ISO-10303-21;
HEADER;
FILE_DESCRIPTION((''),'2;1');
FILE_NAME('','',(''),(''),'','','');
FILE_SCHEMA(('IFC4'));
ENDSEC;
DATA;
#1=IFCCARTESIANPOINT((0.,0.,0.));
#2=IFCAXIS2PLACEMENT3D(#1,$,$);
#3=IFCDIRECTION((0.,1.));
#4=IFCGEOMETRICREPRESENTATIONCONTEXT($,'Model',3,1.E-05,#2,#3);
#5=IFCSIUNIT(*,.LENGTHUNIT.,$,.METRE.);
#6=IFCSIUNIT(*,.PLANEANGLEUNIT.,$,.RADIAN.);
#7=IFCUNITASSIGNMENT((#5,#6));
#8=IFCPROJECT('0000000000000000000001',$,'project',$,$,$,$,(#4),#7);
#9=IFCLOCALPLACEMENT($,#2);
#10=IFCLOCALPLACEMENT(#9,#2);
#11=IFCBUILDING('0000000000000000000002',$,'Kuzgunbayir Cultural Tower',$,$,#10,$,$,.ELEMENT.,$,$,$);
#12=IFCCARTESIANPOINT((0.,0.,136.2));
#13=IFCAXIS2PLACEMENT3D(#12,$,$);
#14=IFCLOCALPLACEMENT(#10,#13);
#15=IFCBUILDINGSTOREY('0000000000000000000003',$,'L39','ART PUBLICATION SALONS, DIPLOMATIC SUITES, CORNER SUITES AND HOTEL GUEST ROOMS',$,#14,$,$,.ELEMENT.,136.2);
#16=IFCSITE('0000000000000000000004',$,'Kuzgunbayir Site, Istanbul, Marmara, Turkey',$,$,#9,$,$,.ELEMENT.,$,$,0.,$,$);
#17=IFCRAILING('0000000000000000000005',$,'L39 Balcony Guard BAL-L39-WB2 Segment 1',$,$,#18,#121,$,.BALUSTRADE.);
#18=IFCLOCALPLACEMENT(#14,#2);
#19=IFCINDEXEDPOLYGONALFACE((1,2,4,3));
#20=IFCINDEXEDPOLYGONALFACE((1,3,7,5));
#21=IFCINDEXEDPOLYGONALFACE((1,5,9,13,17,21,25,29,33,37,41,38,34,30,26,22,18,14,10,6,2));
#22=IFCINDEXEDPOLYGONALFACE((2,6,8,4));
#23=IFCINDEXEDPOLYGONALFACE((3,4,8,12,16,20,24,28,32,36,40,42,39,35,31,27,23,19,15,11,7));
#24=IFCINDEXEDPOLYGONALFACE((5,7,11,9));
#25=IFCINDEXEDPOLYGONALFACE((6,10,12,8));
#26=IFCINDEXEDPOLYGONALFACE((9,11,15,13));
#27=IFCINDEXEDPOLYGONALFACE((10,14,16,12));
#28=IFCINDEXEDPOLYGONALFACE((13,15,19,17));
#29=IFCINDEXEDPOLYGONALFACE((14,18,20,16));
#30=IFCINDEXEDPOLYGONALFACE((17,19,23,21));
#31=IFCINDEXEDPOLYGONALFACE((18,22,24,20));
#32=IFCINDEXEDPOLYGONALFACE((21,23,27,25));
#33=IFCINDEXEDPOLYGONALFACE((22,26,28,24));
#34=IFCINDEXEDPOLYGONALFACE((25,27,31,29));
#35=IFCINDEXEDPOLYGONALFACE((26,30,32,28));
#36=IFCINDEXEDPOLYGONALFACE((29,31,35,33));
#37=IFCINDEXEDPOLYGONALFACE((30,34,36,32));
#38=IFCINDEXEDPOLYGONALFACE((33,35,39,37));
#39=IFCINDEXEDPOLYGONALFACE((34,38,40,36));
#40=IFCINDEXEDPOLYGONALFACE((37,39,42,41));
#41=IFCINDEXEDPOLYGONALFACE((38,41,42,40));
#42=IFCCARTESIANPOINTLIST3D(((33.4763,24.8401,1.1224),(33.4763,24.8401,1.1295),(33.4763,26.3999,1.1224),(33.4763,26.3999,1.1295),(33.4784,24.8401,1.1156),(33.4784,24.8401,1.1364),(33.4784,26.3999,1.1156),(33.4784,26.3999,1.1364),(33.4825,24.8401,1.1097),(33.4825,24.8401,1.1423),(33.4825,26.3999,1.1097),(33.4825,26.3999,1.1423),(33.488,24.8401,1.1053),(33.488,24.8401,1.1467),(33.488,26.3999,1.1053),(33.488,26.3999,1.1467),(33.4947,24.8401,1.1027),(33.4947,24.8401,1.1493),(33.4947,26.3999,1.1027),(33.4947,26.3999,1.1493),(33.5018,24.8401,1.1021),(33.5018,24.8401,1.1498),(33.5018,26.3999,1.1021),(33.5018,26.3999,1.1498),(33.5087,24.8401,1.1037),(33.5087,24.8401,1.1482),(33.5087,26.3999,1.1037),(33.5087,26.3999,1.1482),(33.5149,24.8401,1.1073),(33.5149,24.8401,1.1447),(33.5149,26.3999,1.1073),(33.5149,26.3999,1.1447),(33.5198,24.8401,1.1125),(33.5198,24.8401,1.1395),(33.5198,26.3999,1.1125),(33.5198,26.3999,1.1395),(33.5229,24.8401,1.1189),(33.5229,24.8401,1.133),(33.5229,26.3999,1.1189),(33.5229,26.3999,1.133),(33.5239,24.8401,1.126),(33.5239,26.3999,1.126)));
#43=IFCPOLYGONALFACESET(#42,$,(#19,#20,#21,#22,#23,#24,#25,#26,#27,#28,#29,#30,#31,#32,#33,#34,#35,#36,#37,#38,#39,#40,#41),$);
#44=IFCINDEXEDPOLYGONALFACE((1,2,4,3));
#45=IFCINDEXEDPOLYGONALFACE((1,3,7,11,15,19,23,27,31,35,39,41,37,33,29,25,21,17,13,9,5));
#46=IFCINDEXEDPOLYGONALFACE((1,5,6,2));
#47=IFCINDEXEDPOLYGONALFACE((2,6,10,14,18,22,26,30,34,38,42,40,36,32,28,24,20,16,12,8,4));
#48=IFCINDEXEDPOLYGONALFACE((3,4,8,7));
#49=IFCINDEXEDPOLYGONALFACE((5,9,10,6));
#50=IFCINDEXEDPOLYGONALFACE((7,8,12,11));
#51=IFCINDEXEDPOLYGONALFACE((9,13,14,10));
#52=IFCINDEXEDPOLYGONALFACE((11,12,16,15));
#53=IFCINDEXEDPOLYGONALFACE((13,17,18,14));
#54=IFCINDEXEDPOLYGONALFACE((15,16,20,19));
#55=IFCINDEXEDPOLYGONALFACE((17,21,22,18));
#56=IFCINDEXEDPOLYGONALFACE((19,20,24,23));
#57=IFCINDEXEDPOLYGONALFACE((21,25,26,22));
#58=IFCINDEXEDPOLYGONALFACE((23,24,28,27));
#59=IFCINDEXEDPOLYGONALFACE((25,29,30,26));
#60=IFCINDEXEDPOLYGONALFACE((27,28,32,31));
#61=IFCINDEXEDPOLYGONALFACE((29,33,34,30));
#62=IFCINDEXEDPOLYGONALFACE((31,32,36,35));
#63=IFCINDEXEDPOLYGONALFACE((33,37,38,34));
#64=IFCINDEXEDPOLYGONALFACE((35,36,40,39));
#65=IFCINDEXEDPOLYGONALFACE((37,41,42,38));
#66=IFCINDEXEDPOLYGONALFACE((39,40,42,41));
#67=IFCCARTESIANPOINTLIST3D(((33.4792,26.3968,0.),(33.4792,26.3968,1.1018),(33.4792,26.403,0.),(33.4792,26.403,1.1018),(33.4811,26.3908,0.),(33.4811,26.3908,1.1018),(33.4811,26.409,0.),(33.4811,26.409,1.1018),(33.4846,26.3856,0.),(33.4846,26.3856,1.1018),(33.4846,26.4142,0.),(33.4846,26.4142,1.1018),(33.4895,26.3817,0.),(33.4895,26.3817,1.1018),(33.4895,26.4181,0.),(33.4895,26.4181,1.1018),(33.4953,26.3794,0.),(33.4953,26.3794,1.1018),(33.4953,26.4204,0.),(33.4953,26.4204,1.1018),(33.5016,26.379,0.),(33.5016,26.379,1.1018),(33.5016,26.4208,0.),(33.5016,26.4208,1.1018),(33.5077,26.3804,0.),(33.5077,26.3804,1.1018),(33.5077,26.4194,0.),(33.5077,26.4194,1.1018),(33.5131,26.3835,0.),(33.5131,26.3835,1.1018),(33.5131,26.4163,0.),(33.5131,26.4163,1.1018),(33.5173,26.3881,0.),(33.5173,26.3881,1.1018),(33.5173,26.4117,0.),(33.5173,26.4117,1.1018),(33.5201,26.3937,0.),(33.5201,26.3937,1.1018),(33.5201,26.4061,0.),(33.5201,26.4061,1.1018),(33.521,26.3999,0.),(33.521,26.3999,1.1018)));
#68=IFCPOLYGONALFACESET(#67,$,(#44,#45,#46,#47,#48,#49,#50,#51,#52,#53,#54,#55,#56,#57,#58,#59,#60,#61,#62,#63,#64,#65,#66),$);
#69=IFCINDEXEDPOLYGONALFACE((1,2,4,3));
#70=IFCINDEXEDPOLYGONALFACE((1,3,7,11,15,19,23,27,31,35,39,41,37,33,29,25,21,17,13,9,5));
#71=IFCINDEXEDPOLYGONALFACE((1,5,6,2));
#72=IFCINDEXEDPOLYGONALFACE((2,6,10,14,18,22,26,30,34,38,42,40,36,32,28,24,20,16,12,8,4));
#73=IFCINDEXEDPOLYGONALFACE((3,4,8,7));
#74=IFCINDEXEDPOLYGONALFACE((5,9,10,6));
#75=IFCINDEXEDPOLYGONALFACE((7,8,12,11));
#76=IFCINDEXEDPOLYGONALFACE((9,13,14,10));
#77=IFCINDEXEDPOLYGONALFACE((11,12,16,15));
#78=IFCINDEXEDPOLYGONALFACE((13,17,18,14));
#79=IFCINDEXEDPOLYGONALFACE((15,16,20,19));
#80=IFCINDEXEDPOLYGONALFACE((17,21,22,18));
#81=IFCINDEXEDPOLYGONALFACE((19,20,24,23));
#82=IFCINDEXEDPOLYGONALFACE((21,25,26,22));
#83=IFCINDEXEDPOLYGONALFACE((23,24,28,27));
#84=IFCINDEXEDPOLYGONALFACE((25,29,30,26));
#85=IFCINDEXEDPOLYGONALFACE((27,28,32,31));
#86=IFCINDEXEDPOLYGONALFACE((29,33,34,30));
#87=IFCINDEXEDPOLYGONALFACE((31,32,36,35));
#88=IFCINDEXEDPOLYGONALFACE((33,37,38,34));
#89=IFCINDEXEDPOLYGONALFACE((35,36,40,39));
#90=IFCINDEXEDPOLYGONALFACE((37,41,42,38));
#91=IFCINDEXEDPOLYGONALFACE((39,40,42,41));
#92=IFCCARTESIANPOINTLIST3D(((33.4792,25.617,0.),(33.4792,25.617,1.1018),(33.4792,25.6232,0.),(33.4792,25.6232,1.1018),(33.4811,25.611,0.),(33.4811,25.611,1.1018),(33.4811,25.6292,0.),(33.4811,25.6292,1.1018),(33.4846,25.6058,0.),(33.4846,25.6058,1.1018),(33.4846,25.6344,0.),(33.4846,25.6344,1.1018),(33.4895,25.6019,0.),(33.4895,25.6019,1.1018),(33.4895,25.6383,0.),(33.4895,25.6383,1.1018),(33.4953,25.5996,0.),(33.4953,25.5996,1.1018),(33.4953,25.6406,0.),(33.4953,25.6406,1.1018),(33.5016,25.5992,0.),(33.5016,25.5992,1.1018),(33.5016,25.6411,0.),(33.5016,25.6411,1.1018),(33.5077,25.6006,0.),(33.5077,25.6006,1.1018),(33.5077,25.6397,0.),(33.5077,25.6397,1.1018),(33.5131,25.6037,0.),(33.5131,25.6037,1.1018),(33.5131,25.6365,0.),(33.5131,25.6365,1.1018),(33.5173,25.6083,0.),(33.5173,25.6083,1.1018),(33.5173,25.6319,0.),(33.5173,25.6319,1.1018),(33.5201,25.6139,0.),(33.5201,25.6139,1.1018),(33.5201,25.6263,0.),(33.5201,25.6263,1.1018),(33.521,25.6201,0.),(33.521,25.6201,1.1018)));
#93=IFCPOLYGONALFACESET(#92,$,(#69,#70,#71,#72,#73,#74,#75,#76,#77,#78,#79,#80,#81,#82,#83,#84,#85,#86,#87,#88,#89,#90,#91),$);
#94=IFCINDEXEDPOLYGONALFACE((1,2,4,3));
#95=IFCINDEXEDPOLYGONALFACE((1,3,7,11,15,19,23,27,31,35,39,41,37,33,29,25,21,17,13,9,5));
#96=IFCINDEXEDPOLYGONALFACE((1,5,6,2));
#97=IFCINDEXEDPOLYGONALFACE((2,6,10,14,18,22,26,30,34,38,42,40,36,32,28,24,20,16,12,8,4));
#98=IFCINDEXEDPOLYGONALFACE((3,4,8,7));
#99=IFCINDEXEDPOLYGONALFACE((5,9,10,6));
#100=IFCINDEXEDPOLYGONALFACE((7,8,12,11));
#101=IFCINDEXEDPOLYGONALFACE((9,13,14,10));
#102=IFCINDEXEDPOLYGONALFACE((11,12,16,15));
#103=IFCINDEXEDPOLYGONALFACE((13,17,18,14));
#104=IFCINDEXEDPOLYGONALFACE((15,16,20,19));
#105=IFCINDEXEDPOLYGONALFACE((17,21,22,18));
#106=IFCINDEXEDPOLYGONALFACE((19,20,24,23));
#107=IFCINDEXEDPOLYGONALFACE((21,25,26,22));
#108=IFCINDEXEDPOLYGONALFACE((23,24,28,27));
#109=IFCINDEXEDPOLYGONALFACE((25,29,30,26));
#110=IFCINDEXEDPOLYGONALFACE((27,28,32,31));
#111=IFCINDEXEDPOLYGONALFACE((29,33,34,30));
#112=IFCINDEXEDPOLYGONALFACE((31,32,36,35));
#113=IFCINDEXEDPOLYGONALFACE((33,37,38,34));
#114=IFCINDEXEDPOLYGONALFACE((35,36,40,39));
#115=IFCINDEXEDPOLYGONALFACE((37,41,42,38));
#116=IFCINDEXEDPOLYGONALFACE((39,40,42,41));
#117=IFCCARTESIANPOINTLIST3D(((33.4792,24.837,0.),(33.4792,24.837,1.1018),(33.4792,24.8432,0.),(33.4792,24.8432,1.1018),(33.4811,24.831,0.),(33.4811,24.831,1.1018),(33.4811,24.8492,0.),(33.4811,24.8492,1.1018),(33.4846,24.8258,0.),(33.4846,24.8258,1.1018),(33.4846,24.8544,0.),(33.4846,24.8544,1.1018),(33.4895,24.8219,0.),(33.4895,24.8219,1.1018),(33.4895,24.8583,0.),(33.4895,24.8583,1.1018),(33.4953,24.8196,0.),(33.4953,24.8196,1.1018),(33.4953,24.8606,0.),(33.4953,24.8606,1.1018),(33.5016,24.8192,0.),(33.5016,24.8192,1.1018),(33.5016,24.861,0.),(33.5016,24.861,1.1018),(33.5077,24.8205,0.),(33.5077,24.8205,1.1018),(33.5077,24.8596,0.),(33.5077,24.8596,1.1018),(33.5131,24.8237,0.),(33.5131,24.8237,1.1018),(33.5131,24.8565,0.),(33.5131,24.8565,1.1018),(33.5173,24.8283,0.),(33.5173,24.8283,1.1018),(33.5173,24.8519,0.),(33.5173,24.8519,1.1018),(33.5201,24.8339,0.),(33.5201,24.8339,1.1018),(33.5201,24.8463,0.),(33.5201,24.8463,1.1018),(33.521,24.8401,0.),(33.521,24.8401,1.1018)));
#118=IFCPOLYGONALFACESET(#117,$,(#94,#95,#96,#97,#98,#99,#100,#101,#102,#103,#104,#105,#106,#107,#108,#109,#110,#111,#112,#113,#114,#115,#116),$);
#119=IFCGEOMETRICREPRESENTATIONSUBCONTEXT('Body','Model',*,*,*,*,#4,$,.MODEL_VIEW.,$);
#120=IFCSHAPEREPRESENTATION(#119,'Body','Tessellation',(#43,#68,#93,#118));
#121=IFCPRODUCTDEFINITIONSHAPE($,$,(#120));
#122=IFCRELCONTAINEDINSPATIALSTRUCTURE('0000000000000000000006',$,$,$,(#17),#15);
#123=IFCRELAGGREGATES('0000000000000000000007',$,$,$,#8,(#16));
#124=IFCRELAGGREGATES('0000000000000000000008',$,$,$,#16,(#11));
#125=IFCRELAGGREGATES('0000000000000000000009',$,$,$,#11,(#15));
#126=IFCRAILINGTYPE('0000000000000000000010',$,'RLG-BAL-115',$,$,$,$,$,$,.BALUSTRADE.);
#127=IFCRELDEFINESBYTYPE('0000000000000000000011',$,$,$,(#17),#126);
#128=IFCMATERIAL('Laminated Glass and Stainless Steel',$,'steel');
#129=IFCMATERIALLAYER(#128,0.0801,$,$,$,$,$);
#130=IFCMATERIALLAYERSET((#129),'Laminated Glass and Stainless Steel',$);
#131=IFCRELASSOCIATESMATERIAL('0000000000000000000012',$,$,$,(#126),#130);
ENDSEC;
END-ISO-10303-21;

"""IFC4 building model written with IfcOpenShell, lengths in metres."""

from ifc_helpers import new_model, si_unit, direction, frame, origin, origin_2d, place, context, subcontext, project, spatial, circle, extrude, material, layer, layer_set, type_object, element, save


model = new_model("IFC4")

# Units and contexts
model_context = context("Model", 3, precision=1e-05, world=origin(), true_north=direction((0.0, 1.0)))
body_context = subcontext(model_context, "Body", "Model", "MODEL_VIEW")
ifc_project = project(units=[si_unit("LENGTHUNIT", "METRE"), si_unit("PLANEANGLEUNIT", "RADIAN")], contexts=[model_context])

# Site, building, storey
site_placement = place(None, origin())
site = spatial("IfcSite", under=ifc_project, at=site_placement, Name="Kuzgunbayir Site, Istanbul, Marmara, Turkey", CompositionType="ELEMENT", RefElevation=0.0)
building_placement = place(site_placement, origin())
building = spatial("IfcBuilding", under=site, at=building_placement, Name="Kuzgunbayir Cultural Tower", CompositionType="ELEMENT")
storey_placement = place(building_placement, frame((0.0, 0.0, 136.2)))
storey = spatial("IfcBuildingStorey", under=building, at=storey_placement, Name="L39", Description="ART PUBLICATION SALONS, DIPLOMATIC SUITES, CORNER SUITES AND HOTEL GUEST ROOMS", CompositionType="ELEMENT", Elevation=136.2)

# Railing
ifc_material_1 = material(Name="Laminated Glass and Stainless Steel", Category="steel")
ifc_layer_1 = layer(ifc_material_1, 0.0801)
ifc_layer_set_1 = layer_set([ifc_layer_1], Name="Laminated Glass and Stainless Steel")
railing_type = type_object("IfcRailingType", Name="RLG-BAL-115", PredefinedType="BALUSTRADE", material=ifc_layer_set_1)
railing_1_placement = place(storey_placement, frame((33.5, 26.3999, 0.0)))
element("IfcRailing", 1, at=railing_1_placement, inside=storey, type_object=railing_type, Name="L39 Balcony Guard BAL-L39-WB2 Segment 1", PredefinedType="BALUSTRADE", context=body_context, shape_type="SweptSolid", body=[
    extrude(circle(Radius=0.0239, at=origin_2d()), frame((0.0, 0.0, 1.126), z_axis=(0.0, -1.0, 0.0), x_axis=(1.0, 0.0, 0.0)), (0.0, 0.0, 1.0), 1.5598),
    extrude(circle(Radius=0.021, at=origin_2d()), origin(), (0.0, 0.0, 1.0), 1.1018),
    extrude(circle(Radius=0.021, at=origin_2d()), frame((0.0, -0.7798, 0.0)), (0.0, 0.0, 1.0), 1.1018),
    extrude(circle(Radius=0.021, at=origin_2d()), frame((0.0, -1.5598, 0.0)), (0.0, 0.0, 1.0), 1.1018),
])

save(model, "model.ifc")
